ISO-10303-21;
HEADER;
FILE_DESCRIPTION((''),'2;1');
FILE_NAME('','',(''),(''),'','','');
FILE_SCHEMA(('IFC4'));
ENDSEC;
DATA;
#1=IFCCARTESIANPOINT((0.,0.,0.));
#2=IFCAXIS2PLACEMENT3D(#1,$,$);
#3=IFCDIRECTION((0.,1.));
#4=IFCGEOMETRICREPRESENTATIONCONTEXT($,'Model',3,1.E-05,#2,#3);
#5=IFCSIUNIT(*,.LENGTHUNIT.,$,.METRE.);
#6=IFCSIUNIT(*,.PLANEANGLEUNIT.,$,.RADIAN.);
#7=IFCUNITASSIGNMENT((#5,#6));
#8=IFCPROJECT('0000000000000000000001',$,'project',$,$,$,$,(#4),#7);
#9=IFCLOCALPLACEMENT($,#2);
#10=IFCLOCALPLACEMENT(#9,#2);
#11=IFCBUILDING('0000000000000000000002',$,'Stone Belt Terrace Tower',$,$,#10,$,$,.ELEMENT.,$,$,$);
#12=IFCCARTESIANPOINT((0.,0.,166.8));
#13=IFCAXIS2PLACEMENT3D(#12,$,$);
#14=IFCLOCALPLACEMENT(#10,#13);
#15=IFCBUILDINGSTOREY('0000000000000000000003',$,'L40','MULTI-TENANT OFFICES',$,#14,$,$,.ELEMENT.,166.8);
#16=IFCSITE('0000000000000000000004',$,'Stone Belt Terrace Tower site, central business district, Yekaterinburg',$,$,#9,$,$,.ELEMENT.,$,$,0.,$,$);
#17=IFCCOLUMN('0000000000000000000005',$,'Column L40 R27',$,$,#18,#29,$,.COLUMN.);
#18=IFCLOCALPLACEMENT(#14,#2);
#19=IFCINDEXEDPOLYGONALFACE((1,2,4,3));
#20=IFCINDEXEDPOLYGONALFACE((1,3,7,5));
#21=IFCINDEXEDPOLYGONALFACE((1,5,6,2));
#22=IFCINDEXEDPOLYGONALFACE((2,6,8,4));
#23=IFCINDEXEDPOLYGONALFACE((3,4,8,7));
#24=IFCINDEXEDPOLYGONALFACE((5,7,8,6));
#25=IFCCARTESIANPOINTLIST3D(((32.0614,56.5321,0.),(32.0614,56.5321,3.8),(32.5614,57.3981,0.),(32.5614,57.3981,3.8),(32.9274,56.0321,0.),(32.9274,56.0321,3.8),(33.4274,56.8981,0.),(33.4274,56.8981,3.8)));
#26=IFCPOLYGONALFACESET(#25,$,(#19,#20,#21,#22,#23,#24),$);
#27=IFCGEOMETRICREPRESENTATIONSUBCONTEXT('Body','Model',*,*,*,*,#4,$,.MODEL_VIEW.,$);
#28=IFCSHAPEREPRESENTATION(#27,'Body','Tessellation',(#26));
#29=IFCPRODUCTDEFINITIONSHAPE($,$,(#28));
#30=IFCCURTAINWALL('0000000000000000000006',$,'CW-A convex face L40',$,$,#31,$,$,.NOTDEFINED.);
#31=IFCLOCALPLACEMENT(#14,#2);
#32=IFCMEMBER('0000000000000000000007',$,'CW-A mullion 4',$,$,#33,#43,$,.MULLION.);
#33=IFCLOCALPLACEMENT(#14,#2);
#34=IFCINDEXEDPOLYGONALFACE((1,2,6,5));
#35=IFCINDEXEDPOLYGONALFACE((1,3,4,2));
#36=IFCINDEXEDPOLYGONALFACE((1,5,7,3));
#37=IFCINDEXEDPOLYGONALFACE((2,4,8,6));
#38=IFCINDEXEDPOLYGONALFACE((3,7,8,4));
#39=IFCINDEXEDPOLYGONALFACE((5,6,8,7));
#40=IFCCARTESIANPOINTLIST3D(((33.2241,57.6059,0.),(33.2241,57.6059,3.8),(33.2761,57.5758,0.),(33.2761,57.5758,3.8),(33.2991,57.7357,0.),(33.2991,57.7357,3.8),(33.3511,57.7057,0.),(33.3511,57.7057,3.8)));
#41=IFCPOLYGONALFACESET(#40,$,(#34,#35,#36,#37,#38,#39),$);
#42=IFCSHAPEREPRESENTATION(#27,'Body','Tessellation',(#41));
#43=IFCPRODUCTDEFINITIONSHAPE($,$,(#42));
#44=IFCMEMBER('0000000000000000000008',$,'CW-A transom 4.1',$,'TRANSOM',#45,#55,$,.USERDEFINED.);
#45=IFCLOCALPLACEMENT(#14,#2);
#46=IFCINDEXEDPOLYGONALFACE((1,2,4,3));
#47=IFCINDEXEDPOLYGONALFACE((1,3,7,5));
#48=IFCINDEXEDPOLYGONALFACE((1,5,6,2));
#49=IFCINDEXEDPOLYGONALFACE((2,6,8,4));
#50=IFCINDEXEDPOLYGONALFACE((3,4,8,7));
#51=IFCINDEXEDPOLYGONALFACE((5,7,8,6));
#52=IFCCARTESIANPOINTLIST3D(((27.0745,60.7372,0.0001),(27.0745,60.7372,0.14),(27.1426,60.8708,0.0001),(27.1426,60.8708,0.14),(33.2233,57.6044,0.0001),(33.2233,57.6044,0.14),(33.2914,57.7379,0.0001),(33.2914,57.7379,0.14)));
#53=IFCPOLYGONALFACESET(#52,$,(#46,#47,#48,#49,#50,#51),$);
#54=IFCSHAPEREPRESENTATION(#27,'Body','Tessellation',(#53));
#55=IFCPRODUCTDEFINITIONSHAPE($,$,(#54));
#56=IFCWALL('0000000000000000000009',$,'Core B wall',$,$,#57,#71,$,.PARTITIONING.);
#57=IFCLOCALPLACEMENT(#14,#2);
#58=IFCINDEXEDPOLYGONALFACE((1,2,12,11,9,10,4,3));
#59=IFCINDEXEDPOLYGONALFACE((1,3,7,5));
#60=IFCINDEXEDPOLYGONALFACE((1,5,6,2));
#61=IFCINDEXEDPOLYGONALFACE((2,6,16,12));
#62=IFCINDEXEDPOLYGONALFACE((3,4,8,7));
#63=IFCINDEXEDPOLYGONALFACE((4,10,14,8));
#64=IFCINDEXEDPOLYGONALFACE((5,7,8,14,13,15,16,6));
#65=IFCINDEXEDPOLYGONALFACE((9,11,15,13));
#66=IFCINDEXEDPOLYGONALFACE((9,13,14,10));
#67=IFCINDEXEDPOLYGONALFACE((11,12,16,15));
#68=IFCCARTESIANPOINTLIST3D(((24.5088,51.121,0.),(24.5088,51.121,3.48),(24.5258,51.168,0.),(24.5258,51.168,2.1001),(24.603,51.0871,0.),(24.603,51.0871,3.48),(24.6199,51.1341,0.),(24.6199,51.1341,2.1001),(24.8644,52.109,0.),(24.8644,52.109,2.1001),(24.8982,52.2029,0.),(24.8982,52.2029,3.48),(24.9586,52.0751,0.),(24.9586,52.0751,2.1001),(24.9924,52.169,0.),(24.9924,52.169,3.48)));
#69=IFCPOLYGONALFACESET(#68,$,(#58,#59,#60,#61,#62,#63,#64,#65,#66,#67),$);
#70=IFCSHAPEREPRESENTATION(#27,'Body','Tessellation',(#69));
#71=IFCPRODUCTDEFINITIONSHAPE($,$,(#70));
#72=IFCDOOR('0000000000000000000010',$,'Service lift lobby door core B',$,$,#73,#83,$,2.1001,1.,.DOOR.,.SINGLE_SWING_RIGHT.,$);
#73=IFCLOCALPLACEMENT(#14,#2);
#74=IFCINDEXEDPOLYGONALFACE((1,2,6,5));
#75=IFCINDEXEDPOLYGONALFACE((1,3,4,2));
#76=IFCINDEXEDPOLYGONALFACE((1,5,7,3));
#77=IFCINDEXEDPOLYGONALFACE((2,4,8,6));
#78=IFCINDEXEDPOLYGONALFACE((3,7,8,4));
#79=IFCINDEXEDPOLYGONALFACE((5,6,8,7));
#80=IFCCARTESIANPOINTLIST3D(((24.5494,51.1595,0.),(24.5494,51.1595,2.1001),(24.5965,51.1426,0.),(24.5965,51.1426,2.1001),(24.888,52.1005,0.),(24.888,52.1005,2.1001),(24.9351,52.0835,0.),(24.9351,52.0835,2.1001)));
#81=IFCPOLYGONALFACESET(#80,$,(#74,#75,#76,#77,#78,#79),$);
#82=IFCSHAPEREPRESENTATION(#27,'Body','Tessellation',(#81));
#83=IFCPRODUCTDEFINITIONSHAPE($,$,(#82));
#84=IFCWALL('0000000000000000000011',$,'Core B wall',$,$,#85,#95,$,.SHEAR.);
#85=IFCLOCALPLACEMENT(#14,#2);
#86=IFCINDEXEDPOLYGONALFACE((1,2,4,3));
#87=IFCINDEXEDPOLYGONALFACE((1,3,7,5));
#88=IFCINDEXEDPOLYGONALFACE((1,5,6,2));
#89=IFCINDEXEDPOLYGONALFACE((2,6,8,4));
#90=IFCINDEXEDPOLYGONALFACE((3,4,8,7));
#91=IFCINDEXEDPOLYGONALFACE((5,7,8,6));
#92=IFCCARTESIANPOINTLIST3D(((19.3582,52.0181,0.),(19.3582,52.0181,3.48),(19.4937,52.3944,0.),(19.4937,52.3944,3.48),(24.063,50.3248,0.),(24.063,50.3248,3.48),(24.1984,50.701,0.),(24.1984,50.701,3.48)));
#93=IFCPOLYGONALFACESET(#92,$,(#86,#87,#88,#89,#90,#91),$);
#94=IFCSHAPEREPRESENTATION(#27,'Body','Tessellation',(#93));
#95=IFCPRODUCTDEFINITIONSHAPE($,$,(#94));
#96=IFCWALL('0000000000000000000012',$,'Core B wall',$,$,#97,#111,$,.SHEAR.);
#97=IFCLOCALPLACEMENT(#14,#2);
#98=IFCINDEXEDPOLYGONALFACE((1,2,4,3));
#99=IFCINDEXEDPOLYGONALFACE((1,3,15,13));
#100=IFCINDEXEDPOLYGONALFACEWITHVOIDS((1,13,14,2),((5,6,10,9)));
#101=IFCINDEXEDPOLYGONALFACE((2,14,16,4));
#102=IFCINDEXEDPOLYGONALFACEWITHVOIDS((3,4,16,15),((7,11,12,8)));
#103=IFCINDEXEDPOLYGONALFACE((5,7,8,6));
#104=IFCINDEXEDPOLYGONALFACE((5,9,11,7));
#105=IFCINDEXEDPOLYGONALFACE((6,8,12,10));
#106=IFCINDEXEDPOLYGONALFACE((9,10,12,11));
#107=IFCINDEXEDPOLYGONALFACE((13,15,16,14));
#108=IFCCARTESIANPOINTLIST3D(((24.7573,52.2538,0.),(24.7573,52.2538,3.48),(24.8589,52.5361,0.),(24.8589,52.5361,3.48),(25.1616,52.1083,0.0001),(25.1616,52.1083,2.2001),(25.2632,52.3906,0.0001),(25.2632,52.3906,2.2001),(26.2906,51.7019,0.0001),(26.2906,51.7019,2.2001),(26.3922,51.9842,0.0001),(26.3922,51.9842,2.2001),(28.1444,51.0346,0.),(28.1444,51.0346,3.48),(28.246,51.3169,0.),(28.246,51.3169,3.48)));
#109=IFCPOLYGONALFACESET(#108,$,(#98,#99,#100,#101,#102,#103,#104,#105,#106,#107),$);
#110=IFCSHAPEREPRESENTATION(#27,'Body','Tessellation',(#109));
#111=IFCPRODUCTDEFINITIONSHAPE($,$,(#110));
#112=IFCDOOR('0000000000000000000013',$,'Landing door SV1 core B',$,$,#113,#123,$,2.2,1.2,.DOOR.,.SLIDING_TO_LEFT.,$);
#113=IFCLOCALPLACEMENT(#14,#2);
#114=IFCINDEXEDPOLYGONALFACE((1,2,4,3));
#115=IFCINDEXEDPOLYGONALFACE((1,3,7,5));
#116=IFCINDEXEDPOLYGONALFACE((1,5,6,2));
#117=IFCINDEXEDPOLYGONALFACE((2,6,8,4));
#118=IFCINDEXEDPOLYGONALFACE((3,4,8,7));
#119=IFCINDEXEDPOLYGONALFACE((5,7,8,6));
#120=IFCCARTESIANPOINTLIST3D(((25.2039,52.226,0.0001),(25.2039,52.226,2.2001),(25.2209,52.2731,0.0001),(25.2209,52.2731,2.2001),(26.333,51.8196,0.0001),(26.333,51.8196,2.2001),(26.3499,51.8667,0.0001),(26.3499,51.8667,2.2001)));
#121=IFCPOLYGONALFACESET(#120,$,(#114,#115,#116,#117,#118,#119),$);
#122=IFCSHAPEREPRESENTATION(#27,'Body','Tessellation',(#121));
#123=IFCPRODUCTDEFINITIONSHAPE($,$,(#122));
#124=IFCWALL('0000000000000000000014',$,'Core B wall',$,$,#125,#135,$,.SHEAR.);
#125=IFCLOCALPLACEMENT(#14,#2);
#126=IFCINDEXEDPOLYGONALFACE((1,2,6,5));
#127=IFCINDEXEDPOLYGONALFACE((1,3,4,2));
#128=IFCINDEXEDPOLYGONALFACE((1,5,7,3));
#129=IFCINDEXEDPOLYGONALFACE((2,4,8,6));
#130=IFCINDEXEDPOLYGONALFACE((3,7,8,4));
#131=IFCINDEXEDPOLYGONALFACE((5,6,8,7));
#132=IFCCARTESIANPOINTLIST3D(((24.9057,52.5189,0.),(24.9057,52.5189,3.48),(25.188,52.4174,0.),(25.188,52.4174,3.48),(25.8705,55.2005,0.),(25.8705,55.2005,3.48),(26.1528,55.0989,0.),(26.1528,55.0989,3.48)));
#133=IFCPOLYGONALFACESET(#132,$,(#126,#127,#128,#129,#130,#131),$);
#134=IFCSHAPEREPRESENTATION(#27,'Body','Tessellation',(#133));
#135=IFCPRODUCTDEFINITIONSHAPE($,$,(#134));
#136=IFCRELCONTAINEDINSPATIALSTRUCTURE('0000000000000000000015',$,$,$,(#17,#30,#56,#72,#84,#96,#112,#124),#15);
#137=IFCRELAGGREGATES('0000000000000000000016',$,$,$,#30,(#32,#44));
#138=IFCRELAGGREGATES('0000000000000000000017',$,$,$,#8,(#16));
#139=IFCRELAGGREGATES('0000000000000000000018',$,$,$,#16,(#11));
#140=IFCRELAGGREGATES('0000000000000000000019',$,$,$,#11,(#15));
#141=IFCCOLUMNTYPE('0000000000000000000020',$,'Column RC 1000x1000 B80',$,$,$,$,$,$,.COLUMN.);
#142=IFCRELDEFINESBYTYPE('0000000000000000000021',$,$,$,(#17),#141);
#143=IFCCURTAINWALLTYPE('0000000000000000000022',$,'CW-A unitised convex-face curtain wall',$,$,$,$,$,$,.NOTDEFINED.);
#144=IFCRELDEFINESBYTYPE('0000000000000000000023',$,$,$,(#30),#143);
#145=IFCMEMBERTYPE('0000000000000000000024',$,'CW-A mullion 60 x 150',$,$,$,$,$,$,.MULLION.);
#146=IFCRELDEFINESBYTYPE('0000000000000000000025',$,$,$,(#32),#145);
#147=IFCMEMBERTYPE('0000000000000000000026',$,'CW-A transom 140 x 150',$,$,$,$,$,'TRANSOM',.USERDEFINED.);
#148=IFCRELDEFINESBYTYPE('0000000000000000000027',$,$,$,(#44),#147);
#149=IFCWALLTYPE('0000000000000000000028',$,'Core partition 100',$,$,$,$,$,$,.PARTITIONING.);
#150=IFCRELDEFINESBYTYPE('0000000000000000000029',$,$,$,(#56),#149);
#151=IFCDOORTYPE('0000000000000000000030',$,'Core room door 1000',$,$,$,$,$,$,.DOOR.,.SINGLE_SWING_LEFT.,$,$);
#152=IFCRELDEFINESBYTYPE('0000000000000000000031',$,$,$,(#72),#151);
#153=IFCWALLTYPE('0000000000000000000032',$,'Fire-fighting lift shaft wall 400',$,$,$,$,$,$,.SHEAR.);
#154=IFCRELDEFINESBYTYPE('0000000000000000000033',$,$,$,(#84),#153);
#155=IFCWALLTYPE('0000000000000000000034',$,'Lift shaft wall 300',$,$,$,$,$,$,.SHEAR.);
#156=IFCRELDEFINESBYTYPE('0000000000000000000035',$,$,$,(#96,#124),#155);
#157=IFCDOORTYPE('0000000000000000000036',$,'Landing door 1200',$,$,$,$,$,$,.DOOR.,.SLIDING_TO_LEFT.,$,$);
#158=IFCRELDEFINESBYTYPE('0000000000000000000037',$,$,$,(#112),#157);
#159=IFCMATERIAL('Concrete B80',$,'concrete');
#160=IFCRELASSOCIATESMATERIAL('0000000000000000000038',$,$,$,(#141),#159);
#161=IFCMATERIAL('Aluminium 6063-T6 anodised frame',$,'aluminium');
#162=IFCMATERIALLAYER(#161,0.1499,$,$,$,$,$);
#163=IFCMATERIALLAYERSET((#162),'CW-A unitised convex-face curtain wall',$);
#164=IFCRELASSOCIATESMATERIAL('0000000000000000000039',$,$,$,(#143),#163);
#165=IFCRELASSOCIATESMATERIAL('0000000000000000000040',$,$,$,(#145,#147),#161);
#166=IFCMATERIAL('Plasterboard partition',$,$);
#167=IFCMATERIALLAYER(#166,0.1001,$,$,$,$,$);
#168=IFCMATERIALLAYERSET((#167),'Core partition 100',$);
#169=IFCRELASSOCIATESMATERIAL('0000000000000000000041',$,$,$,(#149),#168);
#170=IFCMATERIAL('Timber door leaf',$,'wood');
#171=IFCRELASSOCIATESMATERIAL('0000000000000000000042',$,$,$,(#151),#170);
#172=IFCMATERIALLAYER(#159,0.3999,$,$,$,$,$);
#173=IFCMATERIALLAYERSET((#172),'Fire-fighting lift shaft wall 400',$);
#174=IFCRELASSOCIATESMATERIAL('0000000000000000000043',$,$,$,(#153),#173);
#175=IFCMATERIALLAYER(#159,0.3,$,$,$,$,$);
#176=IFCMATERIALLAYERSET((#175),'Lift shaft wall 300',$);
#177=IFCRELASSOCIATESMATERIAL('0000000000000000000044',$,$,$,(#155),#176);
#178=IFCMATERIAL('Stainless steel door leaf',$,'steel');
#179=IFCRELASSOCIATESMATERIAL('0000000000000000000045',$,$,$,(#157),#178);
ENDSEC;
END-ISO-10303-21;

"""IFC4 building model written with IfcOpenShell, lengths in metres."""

from ifc_helpers import new_model, si_unit, direction, frame, frame_2d, origin, origin_2d, place, context, subcontext, project, spatial, rectangle, extrude, material, layer, layer_set, material_profile, profile_set, type_object, element, fill, aggregate, save


model = new_model("IFC4")

# Units and contexts
model_context = context("Model", 3, precision=1e-05, world=origin(), true_north=direction((0.0, 1.0)))
body_context = subcontext(model_context, "Body", "Model", "MODEL_VIEW")
ifc_project = project(units=[si_unit("LENGTHUNIT", "METRE"), si_unit("PLANEANGLEUNIT", "RADIAN")], contexts=[model_context])

# Site, building, storey
site_placement = place(None, origin())
site = spatial("IfcSite", under=ifc_project, at=site_placement, Name="Stone Belt Terrace Tower site, central business district, Yekaterinburg", CompositionType="ELEMENT", RefElevation=0.0)
building_placement = place(site_placement, origin())
building = spatial("IfcBuilding", under=site, at=building_placement, Name="Stone Belt Terrace Tower", CompositionType="ELEMENT")
storey_placement = place(building_placement, frame((0.0, 0.0, 166.8)))
storey = spatial("IfcBuildingStorey", under=building, at=storey_placement, Name="L40", Description="MULTI-TENANT OFFICES", CompositionType="ELEMENT", Elevation=166.8)

# Column
ifc_material_1 = material(Name="Concrete B80", Category="concrete")
ifc_material_profile_1 = material_profile(ifc_material_1, rectangle(XDim=1.0, YDim=1.0, at=origin_2d()), Name="RC 1000x1000")
ifc_profile_set_1 = profile_set([ifc_material_profile_1], Name="Concrete B80")
column_type = type_object("IfcColumnType", Name="Column RC 1000x1000 B80", PredefinedType="COLUMN", material=ifc_profile_set_1)
column_placement = place(storey_placement, frame((32.7444, 56.7151, 0.0), z_axis=(0.0, 0.0, 1.0), x_axis=(0.866025, -0.5, 0.0)))
element("IfcColumn", 1, at=column_placement, inside=storey, type_object=column_type, Name="Column L40 R27", PredefinedType="COLUMN", context=body_context, shape_type="SweptSolid", body=[
    extrude(rectangle(XDim=1.0, YDim=1.0, at=origin_2d()), origin(), (0.0, 0.0, 1.0), 3.8),
])

# Curtain wall, members
ifc_material_2 = material(Name="Aluminium 6063-T6 anodised frame", Category="aluminium")
ifc_layer_1 = layer(ifc_material_2, 0.1499)
ifc_layer_set_1 = layer_set([ifc_layer_1], Name="CW-A unitised convex-face curtain wall")
curtain_wall_type = type_object("IfcCurtainWallType", Name="CW-A unitised convex-face curtain wall", PredefinedType="NOTDEFINED", material=ifc_layer_set_1)
curtain_wall_placement = place(storey_placement, origin())
curtain_wall = element("IfcCurtainWall", 2, at=curtain_wall_placement, inside=storey, type_object=curtain_wall_type, Name="CW-A convex face L40", PredefinedType="NOTDEFINED")
ifc_material_profile_2 = material_profile(ifc_material_2, rectangle(XDim=0.1499, YDim=0.0601, at=origin_2d()), Name="Aluminium 6063-T6 60x150")
ifc_profile_set_2 = profile_set([ifc_material_profile_2], Name="Aluminium 6063-T6 anodised frame")
member_type_1 = type_object("IfcMemberType", Name="CW-A mullion 60 x 150", PredefinedType="MULLION", material=ifc_profile_set_2)
member_1_placement = place(storey_placement, frame((33.2876, 57.6558, 0.0), z_axis=(0.0, 0.0, 1.0), x_axis=(-0.5, -0.866025, 0.0)))
member_1 = element("IfcMember", 3, at=member_1_placement, type_object=member_type_1, Name="CW-A mullion 4", PredefinedType="MULLION", context=body_context, shape_type="SweptSolid", body=[
    extrude(rectangle(XDim=0.1499, YDim=0.0601, at=origin_2d()), origin(), (0.0, 0.0, 1.0), 3.8),
])
ifc_material_profile_3 = material_profile(ifc_material_2, rectangle(XDim=0.1499, YDim=0.1399, at=origin_2d()), Name="Aluminium 6063-T6 150x140")
ifc_profile_set_3 = profile_set([ifc_material_profile_3], Name="Aluminium 6063-T6 anodised frame")
member_type_2 = type_object("IfcMemberType", Name="CW-A transom 140 x 150", ElementType="TRANSOM", PredefinedType="USERDEFINED", material=ifc_profile_set_3)
member_2_placement = place(storey_placement, frame((33.2573, 57.6711, 0.0701), z_axis=(-0.891012, 0.453979, 0.0), x_axis=(-0.453979, -0.891012, 0.0)))
member_2 = element("IfcMember", 4, at=member_2_placement, type_object=member_type_2, Name="CW-A transom 4.1", ObjectType="TRANSOM", PredefinedType="USERDEFINED", context=body_context, shape_type="SweptSolid", body=[
    extrude(rectangle(XDim=0.1499, YDim=0.1399, at=origin_2d()), origin(), (0.0, 0.0, 1.0), 6.9009),
])
aggregate(curtain_wall, [member_1, member_2])

# Wall, opening, door
ifc_material_3 = material(Name="Plasterboard partition")
ifc_layer_2 = layer(ifc_material_3, 0.1001)
ifc_layer_set_2 = layer_set([ifc_layer_2], Name="Core partition 100")
wall_type_1 = type_object("IfcWallType", Name="Core partition 100", PredefinedType="PARTITIONING", material=ifc_layer_set_2)
wall_1_placement = place(storey_placement, frame((24.5559, 51.104, 0.0), z_axis=(0.0, 0.0, 1.0), x_axis=(0.338622, 0.940923, 0.0)))
wall_1 = element("IfcWall", 5, at=wall_1_placement, inside=storey, type_object=wall_type_1, Name="Core B wall", PredefinedType="PARTITIONING", context=body_context, shape_type="SweptSolid", body=[
    extrude(rectangle(XDim=1.1499, YDim=0.1001, at=frame_2d((0.575, 0.0))), origin(), (0.0, 0.0, 1.0), 3.48),
])
opening_1_placement = place(wall_1_placement, frame((0.05, 0.0, 0.0)))
opening_1 = element("IfcOpeningElement", 6, at=opening_1_placement, cuts=wall_1, PredefinedType="OPENING", context=body_context, shape_type="SweptSolid", body=[
    extrude(rectangle(XDim=1.0, YDim=2.1001, at=frame_2d((0.5, 1.05))), frame((0.0, 0.0601, 0.0), z_axis=(0.0, -1.0, 0.0), x_axis=(1.0, 0.0, 0.0)), (0.0, 0.0, 1.0), 0.1201),
])
ifc_material_4 = material(Name="Timber door leaf", Category="wood")
door_type_1 = type_object("IfcDoorType", Name="Core room door 1000", OperationType="SINGLE_SWING_LEFT", PredefinedType="DOOR", material=ifc_material_4)
door_1_placement = place(opening_1_placement, origin())
door_1 = element("IfcDoor", 7, at=door_1_placement, inside=storey, type_object=door_type_1, Name="Service lift lobby door core B", OperationType="SINGLE_SWING_RIGHT", OverallHeight=2.1001, OverallWidth=1.0, PredefinedType="DOOR", context=body_context, shape_type="SweptSolid", body=[
    extrude(rectangle(XDim=1.0, YDim=2.1001, at=frame_2d((0.5, 1.05))), frame((0.0, 0.0249, 0.0), z_axis=(0.0, -1.0, 0.0), x_axis=(1.0, 0.0, 0.0)), (0.0, 0.0, 1.0), 0.05),
])
fill(opening_1, door_1)

# Wall
ifc_layer_3 = layer(ifc_material_1, 0.3999)
ifc_layer_set_3 = layer_set([ifc_layer_3], Name="Fire-fighting lift shaft wall 400")
wall_type_2 = type_object("IfcWallType", Name="Fire-fighting lift shaft wall 400", PredefinedType="SHEAR", material=ifc_layer_set_3)
wall_2_placement = place(storey_placement, frame((24.1306, 50.5129, 0.0), z_axis=(0.0, 0.0, 1.0), x_axis=(-0.940912, 0.338652, 0.0)))
element("IfcWall", 8, at=wall_2_placement, inside=storey, type_object=wall_type_2, Name="Core B wall", PredefinedType="SHEAR", context=body_context, shape_type="SweptSolid", body=[
    extrude(rectangle(XDim=5.0002, YDim=0.3999, at=frame_2d((2.5, 0.0))), origin(), (0.0, 0.0, 1.0), 3.48),
])

# Wall, opening, door
ifc_layer_4 = layer(ifc_material_1, 0.3)
ifc_layer_set_4 = layer_set([ifc_layer_4], Name="Lift shaft wall 300")
wall_type_3 = type_object("IfcWallType", Name="Lift shaft wall 300", PredefinedType="SHEAR", material=ifc_layer_set_4)
wall_3_placement = place(storey_placement, frame((28.1951, 51.1758, 0.0), z_axis=(0.0, 0.0, 1.0), x_axis=(-0.940901, 0.338681, 0.0)))
wall_3 = element("IfcWall", 9, at=wall_3_placement, inside=storey, type_object=wall_type_3, Name="Core B wall", PredefinedType="SHEAR", context=body_context, shape_type="SweptSolid", body=[
    extrude(rectangle(XDim=3.5999, YDim=0.3, at=frame_2d((1.7998, 0.0))), origin(), (0.0, 0.0, 1.0), 3.48),
])
opening_2_placement = place(wall_3_placement, frame((1.97, 0.0, 0.0)))
opening_2 = element("IfcOpeningElement", 10, at=opening_2_placement, cuts=wall_3, PredefinedType="OPENING", context=body_context, shape_type="SweptSolid", body=[
    extrude(rectangle(XDim=1.2, YDim=2.2, at=frame_2d((0.6001, 1.1001))), frame((0.0, 0.1599, 0.0), z_axis=(0.0, -1.0, 0.0), x_axis=(1.0, 0.0, 0.0)), (0.0, 0.0, 1.0), 0.3201),
])
ifc_material_5 = material(Name="Stainless steel door leaf", Category="steel")
door_type_2 = type_object("IfcDoorType", Name="Landing door 1200", OperationType="SLIDING_TO_LEFT", PredefinedType="DOOR", material=ifc_material_5)
door_2_placement = place(opening_2_placement, origin())
door_2 = element("IfcDoor", 11, at=door_2_placement, inside=storey, type_object=door_type_2, Name="Landing door SV1 core B", OperationType="SLIDING_TO_LEFT", OverallHeight=2.2, OverallWidth=1.2, PredefinedType="DOOR", context=body_context, shape_type="SweptSolid", body=[
    extrude(rectangle(XDim=1.2, YDim=2.2, at=frame_2d((0.6001, 1.1001))), frame((0.0, 0.0249, 0.0), z_axis=(0.0, -1.0, 0.0), x_axis=(1.0, 0.0, 0.0)), (0.0, 0.0, 1.0), 0.05),
])
fill(opening_2, door_2)

# Wall
wall_4_placement = place(storey_placement, frame((25.0469, 52.4683, 0.0), z_axis=(0.0, 0.0, 1.0), x_axis=(0.33855, 0.940949, 0.0)))
element("IfcWall", 12, at=wall_4_placement, inside=storey, type_object=wall_type_3, Name="Core B wall", PredefinedType="SHEAR", context=body_context, shape_type="SweptSolid", body=[
    extrude(rectangle(XDim=2.8499, YDim=0.3, at=frame_2d((1.4248, 0.0))), origin(), (0.0, 0.0, 1.0), 3.48),
])

save(model, "model.ifc")
